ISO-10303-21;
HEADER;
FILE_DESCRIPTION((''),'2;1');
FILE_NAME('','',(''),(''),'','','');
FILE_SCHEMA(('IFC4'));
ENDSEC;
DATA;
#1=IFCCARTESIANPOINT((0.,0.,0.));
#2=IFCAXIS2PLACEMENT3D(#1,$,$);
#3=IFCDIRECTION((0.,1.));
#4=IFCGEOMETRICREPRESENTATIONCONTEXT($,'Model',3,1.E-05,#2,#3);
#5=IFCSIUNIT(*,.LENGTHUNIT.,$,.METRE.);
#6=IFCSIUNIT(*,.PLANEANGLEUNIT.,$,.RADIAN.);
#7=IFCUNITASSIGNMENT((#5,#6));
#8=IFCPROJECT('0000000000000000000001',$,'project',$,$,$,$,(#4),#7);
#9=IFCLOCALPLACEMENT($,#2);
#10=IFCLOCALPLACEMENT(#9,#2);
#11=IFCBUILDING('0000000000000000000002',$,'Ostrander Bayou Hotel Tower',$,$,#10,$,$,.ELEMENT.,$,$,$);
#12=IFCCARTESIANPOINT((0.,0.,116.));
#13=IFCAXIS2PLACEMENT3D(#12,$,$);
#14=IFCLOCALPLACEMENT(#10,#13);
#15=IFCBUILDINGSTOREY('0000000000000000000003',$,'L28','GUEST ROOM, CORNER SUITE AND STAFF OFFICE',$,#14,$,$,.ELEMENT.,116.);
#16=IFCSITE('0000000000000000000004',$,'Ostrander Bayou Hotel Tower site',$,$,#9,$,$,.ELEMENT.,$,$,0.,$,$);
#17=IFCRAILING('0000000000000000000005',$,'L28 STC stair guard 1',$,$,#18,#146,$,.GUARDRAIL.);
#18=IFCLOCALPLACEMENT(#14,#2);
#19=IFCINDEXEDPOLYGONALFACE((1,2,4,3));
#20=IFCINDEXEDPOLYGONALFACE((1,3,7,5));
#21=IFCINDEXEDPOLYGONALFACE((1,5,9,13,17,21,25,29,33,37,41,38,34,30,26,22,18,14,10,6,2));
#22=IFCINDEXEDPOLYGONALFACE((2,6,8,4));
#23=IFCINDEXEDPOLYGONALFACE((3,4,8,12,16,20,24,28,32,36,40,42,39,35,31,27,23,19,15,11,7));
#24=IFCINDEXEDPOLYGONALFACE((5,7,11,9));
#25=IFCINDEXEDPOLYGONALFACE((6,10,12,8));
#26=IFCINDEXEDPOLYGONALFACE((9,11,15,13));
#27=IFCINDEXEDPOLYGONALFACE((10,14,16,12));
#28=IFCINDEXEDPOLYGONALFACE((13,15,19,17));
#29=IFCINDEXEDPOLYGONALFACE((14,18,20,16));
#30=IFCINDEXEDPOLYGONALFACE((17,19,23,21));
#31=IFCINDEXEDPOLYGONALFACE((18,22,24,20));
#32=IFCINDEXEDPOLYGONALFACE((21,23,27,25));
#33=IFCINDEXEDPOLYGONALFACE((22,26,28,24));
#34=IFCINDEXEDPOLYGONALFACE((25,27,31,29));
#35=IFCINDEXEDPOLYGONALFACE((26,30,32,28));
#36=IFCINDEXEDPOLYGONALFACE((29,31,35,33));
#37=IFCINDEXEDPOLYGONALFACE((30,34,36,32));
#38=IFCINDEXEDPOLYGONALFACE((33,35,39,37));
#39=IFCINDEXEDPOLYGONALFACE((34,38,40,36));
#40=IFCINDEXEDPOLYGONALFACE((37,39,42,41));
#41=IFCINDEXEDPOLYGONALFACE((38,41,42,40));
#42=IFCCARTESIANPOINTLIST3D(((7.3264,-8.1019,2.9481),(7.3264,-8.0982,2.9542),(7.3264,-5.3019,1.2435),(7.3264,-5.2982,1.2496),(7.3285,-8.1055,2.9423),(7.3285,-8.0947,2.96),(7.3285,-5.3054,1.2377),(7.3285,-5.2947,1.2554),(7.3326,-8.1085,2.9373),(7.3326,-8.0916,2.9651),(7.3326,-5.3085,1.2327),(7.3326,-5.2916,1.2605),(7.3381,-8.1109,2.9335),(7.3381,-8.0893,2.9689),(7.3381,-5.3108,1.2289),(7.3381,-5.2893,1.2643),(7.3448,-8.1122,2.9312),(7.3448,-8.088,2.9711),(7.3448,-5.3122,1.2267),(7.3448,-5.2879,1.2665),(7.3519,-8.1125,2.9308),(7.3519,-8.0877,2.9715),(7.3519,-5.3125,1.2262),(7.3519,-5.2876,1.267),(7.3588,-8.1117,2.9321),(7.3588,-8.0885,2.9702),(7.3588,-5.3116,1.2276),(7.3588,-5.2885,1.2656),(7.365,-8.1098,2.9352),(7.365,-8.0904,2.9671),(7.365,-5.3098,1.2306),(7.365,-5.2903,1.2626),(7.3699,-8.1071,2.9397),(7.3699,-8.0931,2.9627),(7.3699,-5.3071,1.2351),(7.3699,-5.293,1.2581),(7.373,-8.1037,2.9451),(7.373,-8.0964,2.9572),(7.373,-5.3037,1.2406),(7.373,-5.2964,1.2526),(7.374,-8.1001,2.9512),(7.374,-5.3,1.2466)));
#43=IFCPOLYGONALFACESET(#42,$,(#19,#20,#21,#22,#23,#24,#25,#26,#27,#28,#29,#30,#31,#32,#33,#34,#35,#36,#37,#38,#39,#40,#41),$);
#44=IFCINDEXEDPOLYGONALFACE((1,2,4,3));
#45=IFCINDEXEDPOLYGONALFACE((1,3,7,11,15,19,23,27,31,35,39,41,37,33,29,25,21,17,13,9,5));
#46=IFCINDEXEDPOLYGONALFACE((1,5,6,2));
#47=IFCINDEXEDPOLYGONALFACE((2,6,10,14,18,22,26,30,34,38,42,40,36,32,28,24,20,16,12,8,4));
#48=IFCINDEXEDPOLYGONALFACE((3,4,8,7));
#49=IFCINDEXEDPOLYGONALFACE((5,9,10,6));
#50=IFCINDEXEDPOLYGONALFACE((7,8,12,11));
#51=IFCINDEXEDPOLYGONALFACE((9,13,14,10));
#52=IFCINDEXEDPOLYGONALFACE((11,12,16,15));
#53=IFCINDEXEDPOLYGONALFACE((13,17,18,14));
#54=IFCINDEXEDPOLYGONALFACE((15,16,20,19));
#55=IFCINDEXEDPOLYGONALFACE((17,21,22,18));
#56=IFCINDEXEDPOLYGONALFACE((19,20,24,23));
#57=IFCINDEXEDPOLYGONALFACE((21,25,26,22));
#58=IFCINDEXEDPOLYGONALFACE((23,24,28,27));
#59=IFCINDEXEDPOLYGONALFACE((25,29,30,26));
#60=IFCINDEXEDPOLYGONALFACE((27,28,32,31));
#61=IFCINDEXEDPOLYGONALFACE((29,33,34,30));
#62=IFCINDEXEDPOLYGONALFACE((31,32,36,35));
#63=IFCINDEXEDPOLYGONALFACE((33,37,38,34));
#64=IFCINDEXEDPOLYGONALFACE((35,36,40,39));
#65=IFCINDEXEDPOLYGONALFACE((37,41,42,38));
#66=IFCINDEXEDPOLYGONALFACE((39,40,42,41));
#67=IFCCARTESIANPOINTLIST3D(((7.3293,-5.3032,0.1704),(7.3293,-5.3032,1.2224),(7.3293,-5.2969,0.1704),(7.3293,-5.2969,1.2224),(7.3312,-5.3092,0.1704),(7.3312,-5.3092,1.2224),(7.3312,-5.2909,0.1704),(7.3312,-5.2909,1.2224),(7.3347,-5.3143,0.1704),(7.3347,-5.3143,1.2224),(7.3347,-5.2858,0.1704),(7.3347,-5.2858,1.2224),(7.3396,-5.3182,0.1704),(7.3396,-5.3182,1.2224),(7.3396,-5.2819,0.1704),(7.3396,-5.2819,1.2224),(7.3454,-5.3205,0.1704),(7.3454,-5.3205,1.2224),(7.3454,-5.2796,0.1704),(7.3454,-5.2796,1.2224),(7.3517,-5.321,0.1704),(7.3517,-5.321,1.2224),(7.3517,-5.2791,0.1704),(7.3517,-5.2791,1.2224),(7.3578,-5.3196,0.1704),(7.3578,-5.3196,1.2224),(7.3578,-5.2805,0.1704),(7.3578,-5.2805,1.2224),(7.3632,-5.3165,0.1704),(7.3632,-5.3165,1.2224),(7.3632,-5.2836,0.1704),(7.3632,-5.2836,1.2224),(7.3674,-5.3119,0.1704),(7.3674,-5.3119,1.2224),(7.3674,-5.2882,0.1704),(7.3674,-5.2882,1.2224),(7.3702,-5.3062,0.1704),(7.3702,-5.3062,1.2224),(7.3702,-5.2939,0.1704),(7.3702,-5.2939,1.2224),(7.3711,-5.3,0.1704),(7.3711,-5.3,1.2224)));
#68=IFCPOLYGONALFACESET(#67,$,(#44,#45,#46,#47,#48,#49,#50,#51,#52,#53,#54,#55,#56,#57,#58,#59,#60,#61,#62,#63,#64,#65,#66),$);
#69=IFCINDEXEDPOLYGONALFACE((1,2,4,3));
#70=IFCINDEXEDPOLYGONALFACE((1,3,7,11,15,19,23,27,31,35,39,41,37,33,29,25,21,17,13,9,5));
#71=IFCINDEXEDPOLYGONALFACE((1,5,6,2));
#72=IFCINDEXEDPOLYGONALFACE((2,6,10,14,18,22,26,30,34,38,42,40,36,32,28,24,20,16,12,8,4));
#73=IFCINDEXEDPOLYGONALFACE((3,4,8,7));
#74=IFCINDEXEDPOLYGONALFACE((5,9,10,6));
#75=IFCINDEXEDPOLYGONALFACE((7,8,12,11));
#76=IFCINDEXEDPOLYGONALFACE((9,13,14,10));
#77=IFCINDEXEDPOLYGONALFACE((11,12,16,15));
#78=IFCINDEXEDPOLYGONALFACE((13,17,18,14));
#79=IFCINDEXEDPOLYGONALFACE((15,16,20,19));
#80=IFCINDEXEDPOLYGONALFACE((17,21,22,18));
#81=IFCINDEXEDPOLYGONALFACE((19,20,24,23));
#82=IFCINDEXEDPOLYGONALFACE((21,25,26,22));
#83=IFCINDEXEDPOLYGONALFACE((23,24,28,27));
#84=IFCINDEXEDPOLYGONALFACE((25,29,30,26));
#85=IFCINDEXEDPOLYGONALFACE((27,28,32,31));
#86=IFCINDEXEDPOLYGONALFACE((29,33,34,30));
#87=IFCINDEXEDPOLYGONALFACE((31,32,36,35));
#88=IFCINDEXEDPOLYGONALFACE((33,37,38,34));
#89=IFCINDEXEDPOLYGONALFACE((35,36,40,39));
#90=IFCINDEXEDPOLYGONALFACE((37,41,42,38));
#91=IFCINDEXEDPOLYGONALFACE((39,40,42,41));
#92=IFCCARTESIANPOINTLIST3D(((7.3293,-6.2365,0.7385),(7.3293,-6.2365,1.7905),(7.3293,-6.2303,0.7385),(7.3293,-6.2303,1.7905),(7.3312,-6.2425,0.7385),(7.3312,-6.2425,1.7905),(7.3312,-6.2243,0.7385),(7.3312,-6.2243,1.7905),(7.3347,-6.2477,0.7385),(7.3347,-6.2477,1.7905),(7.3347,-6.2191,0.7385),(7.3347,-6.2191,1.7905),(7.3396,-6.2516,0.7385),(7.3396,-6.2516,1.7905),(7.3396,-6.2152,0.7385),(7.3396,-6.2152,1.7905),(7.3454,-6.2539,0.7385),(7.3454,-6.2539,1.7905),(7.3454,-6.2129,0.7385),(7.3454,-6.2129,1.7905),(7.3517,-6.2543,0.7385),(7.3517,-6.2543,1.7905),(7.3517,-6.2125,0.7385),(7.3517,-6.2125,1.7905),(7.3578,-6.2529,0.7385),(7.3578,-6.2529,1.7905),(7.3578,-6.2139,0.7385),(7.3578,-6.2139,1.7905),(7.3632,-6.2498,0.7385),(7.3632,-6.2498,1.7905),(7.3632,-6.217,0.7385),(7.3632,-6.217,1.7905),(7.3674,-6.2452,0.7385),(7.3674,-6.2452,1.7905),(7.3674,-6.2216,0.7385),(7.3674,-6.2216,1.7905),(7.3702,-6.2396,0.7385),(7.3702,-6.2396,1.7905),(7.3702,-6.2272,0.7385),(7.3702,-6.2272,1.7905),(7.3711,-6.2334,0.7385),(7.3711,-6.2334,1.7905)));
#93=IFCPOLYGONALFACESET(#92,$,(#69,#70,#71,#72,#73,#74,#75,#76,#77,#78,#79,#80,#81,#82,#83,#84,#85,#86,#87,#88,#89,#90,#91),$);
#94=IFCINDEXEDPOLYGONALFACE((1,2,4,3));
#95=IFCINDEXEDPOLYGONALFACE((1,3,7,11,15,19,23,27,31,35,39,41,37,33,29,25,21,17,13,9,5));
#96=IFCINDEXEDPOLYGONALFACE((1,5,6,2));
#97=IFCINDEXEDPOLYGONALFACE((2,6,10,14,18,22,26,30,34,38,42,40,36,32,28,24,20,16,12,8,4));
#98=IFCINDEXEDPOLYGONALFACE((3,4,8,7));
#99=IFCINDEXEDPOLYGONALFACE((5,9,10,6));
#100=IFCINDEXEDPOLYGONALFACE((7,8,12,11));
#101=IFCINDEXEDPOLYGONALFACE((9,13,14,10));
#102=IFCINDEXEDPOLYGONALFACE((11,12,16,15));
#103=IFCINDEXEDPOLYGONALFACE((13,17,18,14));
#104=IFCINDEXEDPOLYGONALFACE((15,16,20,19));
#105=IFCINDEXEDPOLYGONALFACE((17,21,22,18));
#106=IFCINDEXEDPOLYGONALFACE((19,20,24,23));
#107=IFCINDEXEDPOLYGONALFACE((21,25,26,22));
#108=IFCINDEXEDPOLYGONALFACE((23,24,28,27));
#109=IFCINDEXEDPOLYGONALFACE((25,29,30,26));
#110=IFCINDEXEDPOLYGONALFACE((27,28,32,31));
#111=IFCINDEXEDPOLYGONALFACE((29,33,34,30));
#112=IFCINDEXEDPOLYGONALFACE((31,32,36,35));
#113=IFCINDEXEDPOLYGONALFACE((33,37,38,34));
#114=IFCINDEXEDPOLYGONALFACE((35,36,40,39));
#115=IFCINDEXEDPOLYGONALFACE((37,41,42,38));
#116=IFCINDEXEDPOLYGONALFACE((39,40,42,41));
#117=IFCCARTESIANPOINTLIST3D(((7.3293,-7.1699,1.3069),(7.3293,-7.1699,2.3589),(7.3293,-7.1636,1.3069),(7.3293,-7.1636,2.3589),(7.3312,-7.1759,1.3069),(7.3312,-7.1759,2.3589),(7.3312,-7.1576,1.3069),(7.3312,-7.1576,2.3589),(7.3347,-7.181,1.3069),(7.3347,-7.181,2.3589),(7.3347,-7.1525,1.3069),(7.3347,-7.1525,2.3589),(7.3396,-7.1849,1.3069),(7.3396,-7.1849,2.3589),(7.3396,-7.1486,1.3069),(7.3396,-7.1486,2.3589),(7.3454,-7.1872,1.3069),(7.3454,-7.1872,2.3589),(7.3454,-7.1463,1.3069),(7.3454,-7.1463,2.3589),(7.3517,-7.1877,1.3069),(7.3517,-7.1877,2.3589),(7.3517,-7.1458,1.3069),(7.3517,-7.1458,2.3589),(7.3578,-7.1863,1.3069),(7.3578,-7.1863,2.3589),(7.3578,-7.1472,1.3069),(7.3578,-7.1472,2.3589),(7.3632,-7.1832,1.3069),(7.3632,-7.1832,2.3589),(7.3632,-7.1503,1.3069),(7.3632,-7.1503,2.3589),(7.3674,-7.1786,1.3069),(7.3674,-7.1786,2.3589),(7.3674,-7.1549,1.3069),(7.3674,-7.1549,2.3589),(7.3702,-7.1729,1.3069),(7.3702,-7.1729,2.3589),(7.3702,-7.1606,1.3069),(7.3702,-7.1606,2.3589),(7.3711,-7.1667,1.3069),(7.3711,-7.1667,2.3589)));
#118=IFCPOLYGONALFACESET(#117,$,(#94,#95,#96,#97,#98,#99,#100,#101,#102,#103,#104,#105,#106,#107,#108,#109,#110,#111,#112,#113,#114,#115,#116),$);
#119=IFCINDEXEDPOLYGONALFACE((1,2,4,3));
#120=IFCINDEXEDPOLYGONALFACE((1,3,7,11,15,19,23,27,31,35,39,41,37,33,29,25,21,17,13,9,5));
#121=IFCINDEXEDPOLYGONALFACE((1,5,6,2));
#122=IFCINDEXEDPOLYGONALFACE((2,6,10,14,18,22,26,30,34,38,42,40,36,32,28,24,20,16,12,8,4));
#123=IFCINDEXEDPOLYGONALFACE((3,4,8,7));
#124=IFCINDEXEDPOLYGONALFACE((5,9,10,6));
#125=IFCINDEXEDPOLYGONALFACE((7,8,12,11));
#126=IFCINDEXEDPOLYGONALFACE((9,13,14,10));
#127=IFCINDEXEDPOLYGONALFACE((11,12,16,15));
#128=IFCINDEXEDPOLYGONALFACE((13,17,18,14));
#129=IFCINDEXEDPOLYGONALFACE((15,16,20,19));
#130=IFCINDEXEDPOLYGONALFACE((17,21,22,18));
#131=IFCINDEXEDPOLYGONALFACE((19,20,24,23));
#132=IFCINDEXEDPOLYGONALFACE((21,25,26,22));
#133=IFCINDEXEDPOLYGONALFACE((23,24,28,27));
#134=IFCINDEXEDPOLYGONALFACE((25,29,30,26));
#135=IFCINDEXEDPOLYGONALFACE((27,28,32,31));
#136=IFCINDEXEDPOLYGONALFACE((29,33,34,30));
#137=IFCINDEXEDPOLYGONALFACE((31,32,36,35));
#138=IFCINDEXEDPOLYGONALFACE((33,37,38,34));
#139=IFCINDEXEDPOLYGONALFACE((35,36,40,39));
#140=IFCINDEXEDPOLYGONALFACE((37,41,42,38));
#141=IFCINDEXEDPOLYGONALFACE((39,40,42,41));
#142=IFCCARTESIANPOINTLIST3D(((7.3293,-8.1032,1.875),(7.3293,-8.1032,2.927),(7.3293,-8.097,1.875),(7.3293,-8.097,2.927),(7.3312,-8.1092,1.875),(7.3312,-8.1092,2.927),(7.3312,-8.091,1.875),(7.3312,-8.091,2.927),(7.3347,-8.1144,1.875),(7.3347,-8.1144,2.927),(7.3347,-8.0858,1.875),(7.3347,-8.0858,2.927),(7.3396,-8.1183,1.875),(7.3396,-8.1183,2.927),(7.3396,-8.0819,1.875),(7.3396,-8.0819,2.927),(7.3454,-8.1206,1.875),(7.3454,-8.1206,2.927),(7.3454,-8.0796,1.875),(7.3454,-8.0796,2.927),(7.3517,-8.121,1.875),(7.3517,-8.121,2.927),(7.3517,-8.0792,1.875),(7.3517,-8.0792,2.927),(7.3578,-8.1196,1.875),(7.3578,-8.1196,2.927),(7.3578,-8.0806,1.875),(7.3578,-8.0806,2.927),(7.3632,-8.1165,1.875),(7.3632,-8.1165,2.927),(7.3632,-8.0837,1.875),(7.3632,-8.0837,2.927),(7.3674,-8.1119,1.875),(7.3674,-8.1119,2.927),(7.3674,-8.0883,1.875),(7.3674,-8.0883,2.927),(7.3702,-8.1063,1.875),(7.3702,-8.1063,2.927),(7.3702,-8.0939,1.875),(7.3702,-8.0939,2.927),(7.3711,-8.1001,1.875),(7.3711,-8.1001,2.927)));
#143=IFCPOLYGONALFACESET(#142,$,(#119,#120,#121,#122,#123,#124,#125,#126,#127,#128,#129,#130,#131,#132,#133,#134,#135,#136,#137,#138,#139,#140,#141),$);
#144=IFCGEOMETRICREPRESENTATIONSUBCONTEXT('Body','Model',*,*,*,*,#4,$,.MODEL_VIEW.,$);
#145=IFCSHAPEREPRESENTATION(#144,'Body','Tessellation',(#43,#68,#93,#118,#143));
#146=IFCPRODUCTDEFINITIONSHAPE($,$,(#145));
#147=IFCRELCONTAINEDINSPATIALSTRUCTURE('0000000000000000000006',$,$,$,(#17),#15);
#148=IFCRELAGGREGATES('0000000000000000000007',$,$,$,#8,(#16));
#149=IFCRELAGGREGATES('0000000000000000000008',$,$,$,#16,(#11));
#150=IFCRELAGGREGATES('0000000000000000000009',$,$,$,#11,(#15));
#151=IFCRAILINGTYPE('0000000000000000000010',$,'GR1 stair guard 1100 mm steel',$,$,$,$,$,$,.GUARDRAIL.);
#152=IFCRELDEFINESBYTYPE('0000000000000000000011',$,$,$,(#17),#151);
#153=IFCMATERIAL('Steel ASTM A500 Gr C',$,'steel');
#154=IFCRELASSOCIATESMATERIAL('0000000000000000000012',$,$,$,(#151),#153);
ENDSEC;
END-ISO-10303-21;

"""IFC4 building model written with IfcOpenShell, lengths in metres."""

from ifc_helpers import new_model, si_unit, direction, frame, origin, origin_2d, place, context, subcontext, project, spatial, circle, extrude, material, type_object, element, save


model = new_model("IFC4")

# Units and contexts
model_context = context("Model", 3, precision=1e-05, world=origin(), true_north=direction((0.0, 1.0)))
body_context = subcontext(model_context, "Body", "Model", "MODEL_VIEW")
ifc_project = project(units=[si_unit("LENGTHUNIT", "METRE"), si_unit("PLANEANGLEUNIT", "RADIAN")], contexts=[model_context])

# Site, building, storey
site_placement = place(None, origin())
site = spatial("IfcSite", under=ifc_project, at=site_placement, Name="Ostrander Bayou Hotel Tower site", CompositionType="ELEMENT", RefElevation=0.0)
building_placement = place(site_placement, origin())
building = spatial("IfcBuilding", under=site, at=building_placement, Name="Ostrander Bayou Hotel Tower", CompositionType="ELEMENT")
storey_placement = place(building_placement, frame((0.0, 0.0, 116.0)))
storey = spatial("IfcBuildingStorey", under=building, at=storey_placement, Name="L28", Description="GUEST ROOM, CORNER SUITE AND STAFF OFFICE", CompositionType="ELEMENT", Elevation=116.0)

# Railing
ifc_material_1 = material(Name="Steel ASTM A500 Gr C", Category="steel")
railing_type_1 = type_object("IfcRailingType", Name="GR1 stair guard 1100 mm steel", PredefinedType="GUARDRAIL", material=ifc_material_1)
railing_1_placement = place(storey_placement, frame((7.3501, -5.3, 0.1704)))
element("IfcRailing", 1, at=railing_1_placement, inside=storey, type_object=railing_type_1, Name="L28 STC stair guard 1", PredefinedType="GUARDRAIL", context=body_context, shape_type="SweptSolid", body=[
    extrude(circle(Radius=0.0239, at=origin_2d()), frame((0.0, 0.0, 1.0762), z_axis=(0.0, -0.85417, 0.519994), x_axis=(1.0, 0.0, 0.0)), (0.0, 0.0, 1.0), 3.2781),
    extrude(circle(Radius=0.021, at=origin_2d()), origin(), (0.0, 0.0, 1.0), 1.052),
    extrude(circle(Radius=0.021, at=origin_2d()), frame((0.0, -0.9333, 0.5681)), (0.0, 0.0, 1.0), 1.052),
    extrude(circle(Radius=0.021, at=origin_2d()), frame((0.0, -1.8667, 1.1365)), (0.0, 0.0, 1.0), 1.052),
    extrude(circle(Radius=0.021, at=origin_2d()), frame((0.0, -2.8, 1.7046)), (0.0, 0.0, 1.0), 1.052),
])

save(model, "model.ifc")
